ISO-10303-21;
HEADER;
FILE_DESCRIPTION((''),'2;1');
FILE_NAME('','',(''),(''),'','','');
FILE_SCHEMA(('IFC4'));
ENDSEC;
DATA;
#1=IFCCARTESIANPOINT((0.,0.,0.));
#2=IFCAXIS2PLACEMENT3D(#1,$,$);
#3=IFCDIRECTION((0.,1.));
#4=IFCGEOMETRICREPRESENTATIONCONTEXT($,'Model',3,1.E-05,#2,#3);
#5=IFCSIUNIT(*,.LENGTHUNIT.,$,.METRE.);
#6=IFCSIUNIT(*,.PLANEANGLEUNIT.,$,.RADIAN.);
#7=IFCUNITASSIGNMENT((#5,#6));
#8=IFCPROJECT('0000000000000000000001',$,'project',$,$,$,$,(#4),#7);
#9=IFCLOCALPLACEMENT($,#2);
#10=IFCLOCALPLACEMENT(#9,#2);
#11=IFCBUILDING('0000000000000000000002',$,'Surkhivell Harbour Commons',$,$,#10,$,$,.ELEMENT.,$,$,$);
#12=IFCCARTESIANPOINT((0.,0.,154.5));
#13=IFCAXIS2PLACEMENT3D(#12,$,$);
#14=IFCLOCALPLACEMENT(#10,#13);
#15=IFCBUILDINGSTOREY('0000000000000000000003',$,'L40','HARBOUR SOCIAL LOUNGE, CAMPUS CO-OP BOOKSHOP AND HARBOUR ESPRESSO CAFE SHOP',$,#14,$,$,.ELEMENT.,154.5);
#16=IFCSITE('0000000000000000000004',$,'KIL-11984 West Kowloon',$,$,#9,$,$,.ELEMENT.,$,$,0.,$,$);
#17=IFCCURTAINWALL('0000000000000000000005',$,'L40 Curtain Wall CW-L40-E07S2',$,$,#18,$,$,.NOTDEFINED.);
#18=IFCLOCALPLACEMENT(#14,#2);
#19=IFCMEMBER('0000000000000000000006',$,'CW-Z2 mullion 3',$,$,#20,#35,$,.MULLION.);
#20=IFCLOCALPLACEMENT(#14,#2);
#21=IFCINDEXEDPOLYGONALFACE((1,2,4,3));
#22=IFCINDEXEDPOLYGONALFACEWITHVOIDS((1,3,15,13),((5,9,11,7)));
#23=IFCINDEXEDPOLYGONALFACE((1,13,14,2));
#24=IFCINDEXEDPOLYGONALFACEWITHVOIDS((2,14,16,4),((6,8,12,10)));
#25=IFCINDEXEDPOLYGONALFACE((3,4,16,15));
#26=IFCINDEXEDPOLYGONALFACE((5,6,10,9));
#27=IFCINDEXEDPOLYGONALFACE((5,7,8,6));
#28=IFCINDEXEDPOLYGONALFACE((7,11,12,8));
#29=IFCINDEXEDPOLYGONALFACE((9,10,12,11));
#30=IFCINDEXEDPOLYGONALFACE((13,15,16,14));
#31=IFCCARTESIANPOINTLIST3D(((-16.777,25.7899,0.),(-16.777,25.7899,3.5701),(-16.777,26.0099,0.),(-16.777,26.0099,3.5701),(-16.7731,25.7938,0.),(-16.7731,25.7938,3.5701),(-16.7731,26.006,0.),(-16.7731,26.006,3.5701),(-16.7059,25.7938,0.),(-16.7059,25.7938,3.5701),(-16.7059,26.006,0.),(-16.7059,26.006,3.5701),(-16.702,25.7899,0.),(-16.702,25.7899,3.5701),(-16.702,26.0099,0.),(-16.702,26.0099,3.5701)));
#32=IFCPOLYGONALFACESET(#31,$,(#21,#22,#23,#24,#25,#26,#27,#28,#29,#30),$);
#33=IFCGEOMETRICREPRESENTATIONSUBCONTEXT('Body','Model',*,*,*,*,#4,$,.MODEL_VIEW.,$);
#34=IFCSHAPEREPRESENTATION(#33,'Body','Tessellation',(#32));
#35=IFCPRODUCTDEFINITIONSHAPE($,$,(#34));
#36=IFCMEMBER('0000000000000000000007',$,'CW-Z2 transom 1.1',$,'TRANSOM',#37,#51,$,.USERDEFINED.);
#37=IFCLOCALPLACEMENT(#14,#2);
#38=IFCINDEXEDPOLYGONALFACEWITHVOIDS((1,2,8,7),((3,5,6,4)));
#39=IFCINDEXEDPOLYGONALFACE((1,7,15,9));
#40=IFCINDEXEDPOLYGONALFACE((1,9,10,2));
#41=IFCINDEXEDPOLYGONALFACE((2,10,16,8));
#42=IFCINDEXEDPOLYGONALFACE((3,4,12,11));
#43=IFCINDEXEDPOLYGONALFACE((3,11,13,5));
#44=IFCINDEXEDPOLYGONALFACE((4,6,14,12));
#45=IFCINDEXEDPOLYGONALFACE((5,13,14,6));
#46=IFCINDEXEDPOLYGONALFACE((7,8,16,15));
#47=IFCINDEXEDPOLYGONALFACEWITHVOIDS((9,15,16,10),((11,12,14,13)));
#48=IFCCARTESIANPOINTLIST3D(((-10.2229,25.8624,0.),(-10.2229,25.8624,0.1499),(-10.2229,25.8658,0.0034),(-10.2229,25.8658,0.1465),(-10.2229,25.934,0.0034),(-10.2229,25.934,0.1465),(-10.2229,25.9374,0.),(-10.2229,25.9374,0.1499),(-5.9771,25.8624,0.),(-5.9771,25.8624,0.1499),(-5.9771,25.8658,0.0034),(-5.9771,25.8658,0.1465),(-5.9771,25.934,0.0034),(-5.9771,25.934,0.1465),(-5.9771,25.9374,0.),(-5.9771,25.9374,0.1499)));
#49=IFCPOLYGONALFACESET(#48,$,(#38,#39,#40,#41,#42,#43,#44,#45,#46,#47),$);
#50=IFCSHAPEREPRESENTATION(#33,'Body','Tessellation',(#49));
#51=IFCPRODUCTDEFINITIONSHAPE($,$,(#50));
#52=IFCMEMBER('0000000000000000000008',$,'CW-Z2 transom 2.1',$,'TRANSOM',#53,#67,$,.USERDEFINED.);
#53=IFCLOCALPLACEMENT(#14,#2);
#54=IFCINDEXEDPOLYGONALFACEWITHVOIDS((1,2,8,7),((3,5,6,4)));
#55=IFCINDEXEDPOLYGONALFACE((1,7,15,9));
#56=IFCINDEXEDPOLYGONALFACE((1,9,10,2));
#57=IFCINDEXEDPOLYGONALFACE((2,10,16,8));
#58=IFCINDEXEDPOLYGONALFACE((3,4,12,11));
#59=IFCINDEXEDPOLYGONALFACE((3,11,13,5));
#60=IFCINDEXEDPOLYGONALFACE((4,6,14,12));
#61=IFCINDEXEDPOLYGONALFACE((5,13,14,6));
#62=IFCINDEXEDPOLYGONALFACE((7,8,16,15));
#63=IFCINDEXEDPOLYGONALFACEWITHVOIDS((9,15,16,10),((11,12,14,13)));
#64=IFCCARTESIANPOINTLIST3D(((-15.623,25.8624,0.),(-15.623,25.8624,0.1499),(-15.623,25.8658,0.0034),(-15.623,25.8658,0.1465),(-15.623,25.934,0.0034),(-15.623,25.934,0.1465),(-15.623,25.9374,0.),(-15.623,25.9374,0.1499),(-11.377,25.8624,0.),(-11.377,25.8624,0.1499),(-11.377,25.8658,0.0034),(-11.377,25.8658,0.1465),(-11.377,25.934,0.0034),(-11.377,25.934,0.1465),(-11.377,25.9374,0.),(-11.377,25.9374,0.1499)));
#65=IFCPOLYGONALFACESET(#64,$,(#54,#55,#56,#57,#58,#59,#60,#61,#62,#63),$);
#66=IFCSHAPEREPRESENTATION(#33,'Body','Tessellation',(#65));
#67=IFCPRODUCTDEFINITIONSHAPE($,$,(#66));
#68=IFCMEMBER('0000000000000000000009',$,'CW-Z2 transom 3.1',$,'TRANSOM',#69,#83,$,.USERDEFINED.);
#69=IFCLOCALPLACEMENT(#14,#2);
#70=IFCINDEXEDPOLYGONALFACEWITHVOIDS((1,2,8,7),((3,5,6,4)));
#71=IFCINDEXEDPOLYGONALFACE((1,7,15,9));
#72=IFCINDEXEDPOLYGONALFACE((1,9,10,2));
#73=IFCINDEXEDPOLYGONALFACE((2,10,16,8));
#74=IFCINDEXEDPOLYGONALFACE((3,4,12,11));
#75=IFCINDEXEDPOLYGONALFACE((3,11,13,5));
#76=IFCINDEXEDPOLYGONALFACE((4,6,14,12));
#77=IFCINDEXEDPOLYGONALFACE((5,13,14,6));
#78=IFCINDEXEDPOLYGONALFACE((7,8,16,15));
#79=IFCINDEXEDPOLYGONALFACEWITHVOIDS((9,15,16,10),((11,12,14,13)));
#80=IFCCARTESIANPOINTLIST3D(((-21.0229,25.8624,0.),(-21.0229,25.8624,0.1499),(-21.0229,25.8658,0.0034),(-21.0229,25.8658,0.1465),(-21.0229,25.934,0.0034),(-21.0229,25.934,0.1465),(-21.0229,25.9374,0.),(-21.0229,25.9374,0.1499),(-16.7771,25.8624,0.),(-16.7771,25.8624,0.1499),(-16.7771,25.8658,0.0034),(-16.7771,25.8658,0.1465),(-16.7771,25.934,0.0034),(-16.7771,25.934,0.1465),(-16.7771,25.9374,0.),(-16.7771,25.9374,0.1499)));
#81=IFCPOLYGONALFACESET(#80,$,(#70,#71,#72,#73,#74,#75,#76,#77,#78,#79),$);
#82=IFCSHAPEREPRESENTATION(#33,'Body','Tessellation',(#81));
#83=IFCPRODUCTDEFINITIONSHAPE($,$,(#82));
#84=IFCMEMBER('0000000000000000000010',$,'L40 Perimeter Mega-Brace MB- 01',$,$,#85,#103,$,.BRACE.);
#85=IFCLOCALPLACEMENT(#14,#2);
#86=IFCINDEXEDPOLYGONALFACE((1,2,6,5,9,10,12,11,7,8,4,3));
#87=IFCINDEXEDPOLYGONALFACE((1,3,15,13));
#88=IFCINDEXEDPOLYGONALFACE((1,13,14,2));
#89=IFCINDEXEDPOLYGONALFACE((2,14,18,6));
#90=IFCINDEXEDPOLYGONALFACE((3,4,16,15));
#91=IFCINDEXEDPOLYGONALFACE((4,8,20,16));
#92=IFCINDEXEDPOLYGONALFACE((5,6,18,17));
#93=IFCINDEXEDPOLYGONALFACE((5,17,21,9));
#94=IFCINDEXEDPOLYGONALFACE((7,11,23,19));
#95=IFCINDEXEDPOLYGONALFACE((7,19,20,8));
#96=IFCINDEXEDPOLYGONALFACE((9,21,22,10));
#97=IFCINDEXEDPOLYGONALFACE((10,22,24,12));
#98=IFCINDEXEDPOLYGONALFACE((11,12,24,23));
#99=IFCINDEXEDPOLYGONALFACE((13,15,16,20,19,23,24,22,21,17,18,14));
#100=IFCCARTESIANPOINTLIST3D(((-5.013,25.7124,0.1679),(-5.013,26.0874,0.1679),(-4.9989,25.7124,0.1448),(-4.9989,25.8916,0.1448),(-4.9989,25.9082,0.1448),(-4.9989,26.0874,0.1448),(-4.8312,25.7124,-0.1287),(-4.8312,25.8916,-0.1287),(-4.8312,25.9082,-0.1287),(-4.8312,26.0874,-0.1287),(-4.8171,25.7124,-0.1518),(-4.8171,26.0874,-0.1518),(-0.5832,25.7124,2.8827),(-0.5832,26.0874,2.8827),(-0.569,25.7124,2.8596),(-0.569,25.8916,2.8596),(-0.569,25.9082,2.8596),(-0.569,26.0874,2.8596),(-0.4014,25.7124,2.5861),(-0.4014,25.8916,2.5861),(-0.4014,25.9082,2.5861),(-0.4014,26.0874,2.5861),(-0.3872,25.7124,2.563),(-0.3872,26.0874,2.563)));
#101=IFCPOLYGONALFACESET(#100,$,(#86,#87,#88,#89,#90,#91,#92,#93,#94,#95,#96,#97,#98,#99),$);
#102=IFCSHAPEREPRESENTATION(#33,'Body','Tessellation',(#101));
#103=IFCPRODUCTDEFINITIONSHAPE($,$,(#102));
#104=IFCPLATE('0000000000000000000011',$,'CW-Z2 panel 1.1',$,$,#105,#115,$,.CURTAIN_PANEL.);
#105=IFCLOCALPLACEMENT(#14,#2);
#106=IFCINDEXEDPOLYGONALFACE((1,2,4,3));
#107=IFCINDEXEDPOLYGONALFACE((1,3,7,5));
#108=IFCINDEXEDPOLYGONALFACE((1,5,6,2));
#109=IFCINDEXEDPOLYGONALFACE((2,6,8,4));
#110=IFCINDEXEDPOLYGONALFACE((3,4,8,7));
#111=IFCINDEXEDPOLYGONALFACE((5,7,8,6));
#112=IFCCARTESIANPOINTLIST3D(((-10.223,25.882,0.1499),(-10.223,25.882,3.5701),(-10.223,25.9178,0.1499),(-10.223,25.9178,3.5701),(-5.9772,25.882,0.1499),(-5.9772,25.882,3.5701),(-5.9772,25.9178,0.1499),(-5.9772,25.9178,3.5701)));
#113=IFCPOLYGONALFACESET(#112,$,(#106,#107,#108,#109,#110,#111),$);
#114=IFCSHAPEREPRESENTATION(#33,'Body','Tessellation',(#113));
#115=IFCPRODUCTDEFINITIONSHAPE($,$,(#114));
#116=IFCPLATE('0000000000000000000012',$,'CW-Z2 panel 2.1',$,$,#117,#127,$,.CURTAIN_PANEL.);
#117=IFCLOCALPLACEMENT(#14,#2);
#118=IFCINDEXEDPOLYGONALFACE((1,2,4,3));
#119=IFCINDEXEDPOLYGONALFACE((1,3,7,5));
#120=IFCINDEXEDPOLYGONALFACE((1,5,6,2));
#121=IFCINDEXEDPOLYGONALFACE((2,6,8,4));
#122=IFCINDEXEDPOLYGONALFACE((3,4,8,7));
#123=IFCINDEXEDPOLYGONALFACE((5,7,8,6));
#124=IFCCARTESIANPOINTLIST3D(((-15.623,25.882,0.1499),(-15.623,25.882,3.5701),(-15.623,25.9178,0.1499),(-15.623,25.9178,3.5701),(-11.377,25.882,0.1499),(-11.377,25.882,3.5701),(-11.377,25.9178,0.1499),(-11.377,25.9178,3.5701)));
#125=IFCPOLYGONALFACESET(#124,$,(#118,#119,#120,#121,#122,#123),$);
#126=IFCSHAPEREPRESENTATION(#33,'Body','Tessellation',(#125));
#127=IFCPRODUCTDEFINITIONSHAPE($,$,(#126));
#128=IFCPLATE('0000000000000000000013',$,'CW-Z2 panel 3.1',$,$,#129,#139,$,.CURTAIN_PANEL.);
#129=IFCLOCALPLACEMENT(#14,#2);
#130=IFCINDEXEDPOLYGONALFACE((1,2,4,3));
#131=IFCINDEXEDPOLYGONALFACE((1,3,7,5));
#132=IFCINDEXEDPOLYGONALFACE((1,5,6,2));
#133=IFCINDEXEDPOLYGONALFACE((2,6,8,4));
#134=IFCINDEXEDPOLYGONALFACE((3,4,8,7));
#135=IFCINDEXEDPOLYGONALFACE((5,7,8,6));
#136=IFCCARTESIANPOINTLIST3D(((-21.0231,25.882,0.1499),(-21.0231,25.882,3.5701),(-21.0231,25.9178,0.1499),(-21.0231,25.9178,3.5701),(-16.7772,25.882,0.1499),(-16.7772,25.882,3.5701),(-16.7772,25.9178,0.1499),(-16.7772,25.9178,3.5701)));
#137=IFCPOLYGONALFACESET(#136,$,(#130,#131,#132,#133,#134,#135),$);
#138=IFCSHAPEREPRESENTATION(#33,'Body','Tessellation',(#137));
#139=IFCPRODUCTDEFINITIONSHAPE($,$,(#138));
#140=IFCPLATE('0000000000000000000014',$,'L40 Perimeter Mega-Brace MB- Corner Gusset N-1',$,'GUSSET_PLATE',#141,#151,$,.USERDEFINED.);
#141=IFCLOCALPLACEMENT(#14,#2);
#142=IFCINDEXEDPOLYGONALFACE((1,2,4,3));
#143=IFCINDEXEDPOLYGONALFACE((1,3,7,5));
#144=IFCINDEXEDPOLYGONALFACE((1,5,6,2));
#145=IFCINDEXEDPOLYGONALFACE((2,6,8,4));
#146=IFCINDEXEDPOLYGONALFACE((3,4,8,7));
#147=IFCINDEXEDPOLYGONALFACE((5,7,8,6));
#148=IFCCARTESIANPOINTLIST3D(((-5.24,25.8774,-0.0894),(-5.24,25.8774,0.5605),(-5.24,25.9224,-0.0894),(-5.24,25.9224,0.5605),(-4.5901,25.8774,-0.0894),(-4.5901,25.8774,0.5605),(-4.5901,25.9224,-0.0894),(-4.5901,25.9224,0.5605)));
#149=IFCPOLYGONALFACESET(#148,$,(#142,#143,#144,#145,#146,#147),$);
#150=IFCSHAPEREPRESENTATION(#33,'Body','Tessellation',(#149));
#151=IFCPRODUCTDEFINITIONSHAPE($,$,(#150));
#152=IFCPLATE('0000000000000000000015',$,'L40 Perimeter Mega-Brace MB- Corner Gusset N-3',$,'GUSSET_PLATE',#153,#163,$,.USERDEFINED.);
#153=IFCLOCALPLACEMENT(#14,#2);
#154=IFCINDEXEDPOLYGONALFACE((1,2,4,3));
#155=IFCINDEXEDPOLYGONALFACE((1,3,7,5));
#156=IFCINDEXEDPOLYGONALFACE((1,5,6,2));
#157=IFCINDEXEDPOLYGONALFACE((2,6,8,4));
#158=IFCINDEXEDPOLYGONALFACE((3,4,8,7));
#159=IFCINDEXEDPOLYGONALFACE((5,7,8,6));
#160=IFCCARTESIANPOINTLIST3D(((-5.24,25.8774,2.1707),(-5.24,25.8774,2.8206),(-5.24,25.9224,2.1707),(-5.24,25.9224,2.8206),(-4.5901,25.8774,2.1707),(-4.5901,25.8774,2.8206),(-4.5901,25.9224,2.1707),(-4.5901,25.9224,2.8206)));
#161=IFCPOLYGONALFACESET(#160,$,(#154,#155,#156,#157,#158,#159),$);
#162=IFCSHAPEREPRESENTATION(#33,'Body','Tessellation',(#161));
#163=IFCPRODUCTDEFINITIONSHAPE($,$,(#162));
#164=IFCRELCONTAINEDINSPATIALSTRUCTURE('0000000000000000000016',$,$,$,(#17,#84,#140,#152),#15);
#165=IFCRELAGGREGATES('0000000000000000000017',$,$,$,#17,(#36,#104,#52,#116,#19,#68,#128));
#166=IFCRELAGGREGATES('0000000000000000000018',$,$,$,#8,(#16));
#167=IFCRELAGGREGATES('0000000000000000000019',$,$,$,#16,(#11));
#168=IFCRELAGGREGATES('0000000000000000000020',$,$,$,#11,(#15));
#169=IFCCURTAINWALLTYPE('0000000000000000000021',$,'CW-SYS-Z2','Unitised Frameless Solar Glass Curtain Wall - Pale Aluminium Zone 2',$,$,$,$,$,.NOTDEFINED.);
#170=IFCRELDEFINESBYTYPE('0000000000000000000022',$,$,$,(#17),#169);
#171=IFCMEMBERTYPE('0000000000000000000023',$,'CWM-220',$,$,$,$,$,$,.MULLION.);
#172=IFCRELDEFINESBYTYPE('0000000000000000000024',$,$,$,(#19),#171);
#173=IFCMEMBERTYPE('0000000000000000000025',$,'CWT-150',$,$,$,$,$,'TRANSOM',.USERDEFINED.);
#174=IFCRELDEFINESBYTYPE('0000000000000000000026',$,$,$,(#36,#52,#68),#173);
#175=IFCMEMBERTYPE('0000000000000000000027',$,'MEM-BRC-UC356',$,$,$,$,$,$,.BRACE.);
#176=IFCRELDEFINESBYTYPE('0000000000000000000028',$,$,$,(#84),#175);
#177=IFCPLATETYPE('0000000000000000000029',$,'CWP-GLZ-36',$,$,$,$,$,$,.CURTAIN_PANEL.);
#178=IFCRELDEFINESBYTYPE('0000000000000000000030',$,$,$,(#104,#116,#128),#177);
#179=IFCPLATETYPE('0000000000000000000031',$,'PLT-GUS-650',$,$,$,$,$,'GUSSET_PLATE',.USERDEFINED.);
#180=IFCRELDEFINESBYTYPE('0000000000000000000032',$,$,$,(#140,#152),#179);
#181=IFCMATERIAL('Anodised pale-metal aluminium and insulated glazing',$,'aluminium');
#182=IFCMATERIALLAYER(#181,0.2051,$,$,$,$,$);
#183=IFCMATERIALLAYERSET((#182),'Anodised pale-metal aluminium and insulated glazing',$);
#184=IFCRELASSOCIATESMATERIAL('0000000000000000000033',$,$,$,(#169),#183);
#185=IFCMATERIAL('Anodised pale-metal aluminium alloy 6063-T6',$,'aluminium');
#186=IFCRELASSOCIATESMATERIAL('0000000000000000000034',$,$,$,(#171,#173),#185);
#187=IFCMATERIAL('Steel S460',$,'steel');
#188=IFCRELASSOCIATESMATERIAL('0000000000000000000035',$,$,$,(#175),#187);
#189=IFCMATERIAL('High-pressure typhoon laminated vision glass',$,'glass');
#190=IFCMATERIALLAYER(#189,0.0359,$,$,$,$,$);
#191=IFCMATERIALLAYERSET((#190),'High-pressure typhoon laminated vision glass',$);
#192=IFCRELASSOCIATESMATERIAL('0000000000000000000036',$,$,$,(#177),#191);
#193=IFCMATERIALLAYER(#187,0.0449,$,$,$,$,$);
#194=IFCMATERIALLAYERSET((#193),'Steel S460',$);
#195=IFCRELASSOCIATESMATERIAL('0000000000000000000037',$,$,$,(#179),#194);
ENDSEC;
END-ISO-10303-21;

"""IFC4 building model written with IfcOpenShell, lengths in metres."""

from ifc_helpers import new_model, si_unit, direction, frame, frame_2d, origin, origin_2d, place, context, subcontext, project, spatial, rectangle, hollow_rectangle, i_section, extrude, material, layer, layer_set, material_profile, profile_set, type_object, element, aggregate, save


model = new_model("IFC4")

# Units and contexts
model_context = context("Model", 3, precision=1e-05, world=origin(), true_north=direction((0.0, 1.0)))
body_context = subcontext(model_context, "Body", "Model", "MODEL_VIEW")
ifc_project = project(units=[si_unit("LENGTHUNIT", "METRE"), si_unit("PLANEANGLEUNIT", "RADIAN")], contexts=[model_context])

# Site, building, storey
site_placement = place(None, origin())
site = spatial("IfcSite", under=ifc_project, at=site_placement, Name="KIL-11984 West Kowloon", CompositionType="ELEMENT", RefElevation=0.0)
building_placement = place(site_placement, origin())
building = spatial("IfcBuilding", under=site, at=building_placement, Name="Surkhivell Harbour Commons", CompositionType="ELEMENT")
storey_placement = place(building_placement, frame((0.0, 0.0, 154.5)))
storey = spatial("IfcBuildingStorey", under=building, at=storey_placement, Name="L40", Description="HARBOUR SOCIAL LOUNGE, CAMPUS CO-OP BOOKSHOP AND HARBOUR ESPRESSO CAFE SHOP", CompositionType="ELEMENT", Elevation=154.5)

# Shared definitions
ifc_material_1 = material(Name="Steel S460", Category="steel")

# Curtain wall, members
ifc_material_2 = material(Name="Anodised pale-metal aluminium and insulated glazing", Category="aluminium")
ifc_layer_1 = layer(ifc_material_2, 0.2051)
ifc_layer_set_1 = layer_set([ifc_layer_1], Name="Anodised pale-metal aluminium and insulated glazing")
curtain_wall_type = type_object("IfcCurtainWallType", Name="CW-SYS-Z2", Description="Unitised Frameless Solar Glass Curtain Wall - Pale Aluminium Zone 2", PredefinedType="NOTDEFINED", material=ifc_layer_set_1)
curtain_wall_placement = place(storey_placement, origin())
curtain_wall = element("IfcCurtainWall", 1, at=curtain_wall_placement, inside=storey, type_object=curtain_wall_type, Name="L40 Curtain Wall CW-L40-E07S2", PredefinedType="NOTDEFINED")
ifc_material_3 = material(Name="Anodised pale-metal aluminium alloy 6063-T6", Category="aluminium")
ifc_material_profile_1 = material_profile(ifc_material_3, hollow_rectangle(XDim=0.075, YDim=0.22, WallThickness=0.0039, at=origin_2d()), Name="ALU-MULL-75x220")
ifc_profile_set_1 = profile_set([ifc_material_profile_1], Name="Anodised pale-metal aluminium alloy 6063-T6")
member_type_1 = type_object("IfcMemberType", Name="CWM-220", PredefinedType="MULLION", material=ifc_profile_set_1)
member_1_placement = place(storey_placement, frame((-16.7395, 25.8999, 0.0), z_axis=(0.0, 0.0, 1.0), x_axis=(-1.0, 0.0, 0.0)))
member_1 = element("IfcMember", 2, at=member_1_placement, type_object=member_type_1, Name="CW-Z2 mullion 3", PredefinedType="MULLION", context=body_context, shape_type="SweptSolid", body=[
    extrude(hollow_rectangle(XDim=0.075, YDim=0.22, WallThickness=0.0039, at=origin_2d()), origin(), (0.0, 0.0, 1.0), 3.5701),
])
ifc_material_profile_2 = material_profile(ifc_material_3, hollow_rectangle(XDim=0.075, YDim=0.1499, WallThickness=0.0034, at=origin_2d()), Name="ALU-TRAN-75x150")
ifc_profile_set_2 = profile_set([ifc_material_profile_2], Name="Anodised pale-metal aluminium alloy 6063-T6")
member_type_2 = type_object("IfcMemberType", Name="CWT-150", ElementType="TRANSOM", PredefinedType="USERDEFINED", material=ifc_profile_set_2)
member_2_placement = place(storey_placement, frame((-5.9771, 25.8999, 0.075), z_axis=(-1.0, 0.0, 0.0), x_axis=(0.0, -1.0, 0.0)))
member_2 = element("IfcMember", 3, at=member_2_placement, type_object=member_type_2, Name="CW-Z2 transom 1.1", ObjectType="TRANSOM", PredefinedType="USERDEFINED", context=body_context, shape_type="SweptSolid", body=[
    extrude(hollow_rectangle(XDim=0.075, YDim=0.1499, WallThickness=0.0034, at=origin_2d()), origin(), (0.0, 0.0, 1.0), 4.2458),
])
member_3_placement = place(storey_placement, frame((-11.377, 25.8999, 0.075), z_axis=(-1.0, 0.0, 0.0), x_axis=(0.0, -1.0, 0.0)))
member_3 = element("IfcMember", 4, at=member_3_placement, type_object=member_type_2, Name="CW-Z2 transom 2.1", ObjectType="TRANSOM", PredefinedType="USERDEFINED", context=body_context, shape_type="SweptSolid", body=[
    extrude(hollow_rectangle(XDim=0.075, YDim=0.1499, WallThickness=0.0034, at=origin_2d()), origin(), (0.0, 0.0, 1.0), 4.2461),
])
member_4_placement = place(storey_placement, frame((-16.7771, 25.8999, 0.075), z_axis=(-1.0, 0.0, 0.0), x_axis=(0.0, -1.0, 0.0)))
member_4 = element("IfcMember", 5, at=member_4_placement, type_object=member_type_2, Name="CW-Z2 transom 3.1", ObjectType="TRANSOM", PredefinedType="USERDEFINED", context=body_context, shape_type="SweptSolid", body=[
    extrude(hollow_rectangle(XDim=0.075, YDim=0.1499, WallThickness=0.0034, at=origin_2d()), origin(), (0.0, 0.0, 1.0), 4.2458),
])

# Member
ifc_material_profile_3 = material_profile(ifc_material_1, i_section(OverallWidth=0.375, OverallDepth=0.375, WebThickness=0.0166, FlangeThickness=0.0271, at=origin_2d()), Name="UC356x368x202")
ifc_profile_set_3 = profile_set([ifc_material_profile_3], Name="Steel S460")
member_type_3 = type_object("IfcMemberType", Name="MEM-BRC-UC356", PredefinedType="BRACE", material=ifc_profile_set_3)
member_5_placement = place(storey_placement, frame((-4.915, 25.8999, 0.0081), z_axis=(0.852625, 0.0, 0.522523), x_axis=(0.0, 1.0, 0.0)))
element("IfcMember", 6, at=member_5_placement, inside=storey, type_object=member_type_3, Name="L40 Perimeter Mega-Brace MB- 01", PredefinedType="BRACE", context=body_context, shape_type="SweptSolid", body=[
    extrude(i_section(OverallWidth=0.375, OverallDepth=0.375, WebThickness=0.0166, FlangeThickness=0.0271, at=origin_2d()), origin(), (0.0, 0.0, 1.0), 5.1956),
])

# Plates
ifc_material_4 = material(Name="High-pressure typhoon laminated vision glass", Category="glass")
ifc_layer_2 = layer(ifc_material_4, 0.0359)
ifc_layer_set_2 = layer_set([ifc_layer_2], Name="High-pressure typhoon laminated vision glass")
plate_type_1 = type_object("IfcPlateType", Name="CWP-GLZ-36", PredefinedType="CURTAIN_PANEL", material=ifc_layer_set_2)
plate_1_placement = place(storey_placement, frame((-5.9771, 25.8999, 0.1499), z_axis=(0.0, 0.0, 1.0), x_axis=(-1.0, 0.0, 0.0)))
plate_1 = element("IfcPlate", 7, at=plate_1_placement, type_object=plate_type_1, Name="CW-Z2 panel 1.1", PredefinedType="CURTAIN_PANEL", context=body_context, shape_type="SweptSolid", body=[
    extrude(rectangle(XDim=4.2458, YDim=0.0359, at=frame_2d((2.123, 0.0))), origin(), (0.0, 0.0, 1.0), 3.4202),
])
plate_2_placement = place(storey_placement, frame((-11.377, 25.8999, 0.1499), z_axis=(0.0, 0.0, 1.0), x_axis=(-1.0, 0.0, 0.0)))
plate_2 = element("IfcPlate", 8, at=plate_2_placement, type_object=plate_type_1, Name="CW-Z2 panel 2.1", PredefinedType="CURTAIN_PANEL", context=body_context, shape_type="SweptSolid", body=[
    extrude(rectangle(XDim=4.2461, YDim=0.0359, at=frame_2d((2.123, 0.0))), origin(), (0.0, 0.0, 1.0), 3.4202),
])
plate_3_placement = place(storey_placement, frame((-16.7771, 25.8999, 0.1499), z_axis=(0.0, 0.0, 1.0), x_axis=(-1.0, 0.0, 0.0)))
plate_3 = element("IfcPlate", 9, at=plate_3_placement, type_object=plate_type_1, Name="CW-Z2 panel 3.1", PredefinedType="CURTAIN_PANEL", context=body_context, shape_type="SweptSolid", body=[
    extrude(rectangle(XDim=4.2458, YDim=0.0359, at=frame_2d((2.123, 0.0))), origin(), (0.0, 0.0, 1.0), 3.4202),
])
aggregate(curtain_wall, [member_2, plate_1, member_3, plate_2, member_1, member_4, plate_3])

# Plates
ifc_layer_3 = layer(ifc_material_1, 0.0449)
ifc_layer_set_3 = layer_set([ifc_layer_3], Name="Steel S460")
plate_type_2 = type_object("IfcPlateType", Name="PLT-GUS-650", ElementType="GUSSET_PLATE", PredefinedType="USERDEFINED", material=ifc_layer_set_3)
for number, where, z_axis, x_axis, name in (
    (10, (-4.915, 25.8999, -0.0894), (0.0, 0.0, 1.0), (1.0, 0.0, 0.0), "L40 Perimeter Mega-Brace MB- Corner Gusset N-1"),
    (11, (-4.915, 25.8999, 2.1707), (0.0, 0.0, 1.0), (1.0, 0.0, 0.0), "L40 Perimeter Mega-Brace MB- Corner Gusset N-3"),
):
    element("IfcPlate", number, at=place(storey_placement, frame(where, z_axis=z_axis, x_axis=x_axis)), inside=storey, type_object=plate_type_2, Name=name, ObjectType="GUSSET_PLATE", PredefinedType="USERDEFINED", context=body_context, shape_type="SweptSolid", body=[
        extrude(rectangle(XDim=0.6499, YDim=0.0449, at=origin_2d()), origin(), (0.0, 0.0, 1.0), 0.6499),
    ])

save(model, "model.ifc")
